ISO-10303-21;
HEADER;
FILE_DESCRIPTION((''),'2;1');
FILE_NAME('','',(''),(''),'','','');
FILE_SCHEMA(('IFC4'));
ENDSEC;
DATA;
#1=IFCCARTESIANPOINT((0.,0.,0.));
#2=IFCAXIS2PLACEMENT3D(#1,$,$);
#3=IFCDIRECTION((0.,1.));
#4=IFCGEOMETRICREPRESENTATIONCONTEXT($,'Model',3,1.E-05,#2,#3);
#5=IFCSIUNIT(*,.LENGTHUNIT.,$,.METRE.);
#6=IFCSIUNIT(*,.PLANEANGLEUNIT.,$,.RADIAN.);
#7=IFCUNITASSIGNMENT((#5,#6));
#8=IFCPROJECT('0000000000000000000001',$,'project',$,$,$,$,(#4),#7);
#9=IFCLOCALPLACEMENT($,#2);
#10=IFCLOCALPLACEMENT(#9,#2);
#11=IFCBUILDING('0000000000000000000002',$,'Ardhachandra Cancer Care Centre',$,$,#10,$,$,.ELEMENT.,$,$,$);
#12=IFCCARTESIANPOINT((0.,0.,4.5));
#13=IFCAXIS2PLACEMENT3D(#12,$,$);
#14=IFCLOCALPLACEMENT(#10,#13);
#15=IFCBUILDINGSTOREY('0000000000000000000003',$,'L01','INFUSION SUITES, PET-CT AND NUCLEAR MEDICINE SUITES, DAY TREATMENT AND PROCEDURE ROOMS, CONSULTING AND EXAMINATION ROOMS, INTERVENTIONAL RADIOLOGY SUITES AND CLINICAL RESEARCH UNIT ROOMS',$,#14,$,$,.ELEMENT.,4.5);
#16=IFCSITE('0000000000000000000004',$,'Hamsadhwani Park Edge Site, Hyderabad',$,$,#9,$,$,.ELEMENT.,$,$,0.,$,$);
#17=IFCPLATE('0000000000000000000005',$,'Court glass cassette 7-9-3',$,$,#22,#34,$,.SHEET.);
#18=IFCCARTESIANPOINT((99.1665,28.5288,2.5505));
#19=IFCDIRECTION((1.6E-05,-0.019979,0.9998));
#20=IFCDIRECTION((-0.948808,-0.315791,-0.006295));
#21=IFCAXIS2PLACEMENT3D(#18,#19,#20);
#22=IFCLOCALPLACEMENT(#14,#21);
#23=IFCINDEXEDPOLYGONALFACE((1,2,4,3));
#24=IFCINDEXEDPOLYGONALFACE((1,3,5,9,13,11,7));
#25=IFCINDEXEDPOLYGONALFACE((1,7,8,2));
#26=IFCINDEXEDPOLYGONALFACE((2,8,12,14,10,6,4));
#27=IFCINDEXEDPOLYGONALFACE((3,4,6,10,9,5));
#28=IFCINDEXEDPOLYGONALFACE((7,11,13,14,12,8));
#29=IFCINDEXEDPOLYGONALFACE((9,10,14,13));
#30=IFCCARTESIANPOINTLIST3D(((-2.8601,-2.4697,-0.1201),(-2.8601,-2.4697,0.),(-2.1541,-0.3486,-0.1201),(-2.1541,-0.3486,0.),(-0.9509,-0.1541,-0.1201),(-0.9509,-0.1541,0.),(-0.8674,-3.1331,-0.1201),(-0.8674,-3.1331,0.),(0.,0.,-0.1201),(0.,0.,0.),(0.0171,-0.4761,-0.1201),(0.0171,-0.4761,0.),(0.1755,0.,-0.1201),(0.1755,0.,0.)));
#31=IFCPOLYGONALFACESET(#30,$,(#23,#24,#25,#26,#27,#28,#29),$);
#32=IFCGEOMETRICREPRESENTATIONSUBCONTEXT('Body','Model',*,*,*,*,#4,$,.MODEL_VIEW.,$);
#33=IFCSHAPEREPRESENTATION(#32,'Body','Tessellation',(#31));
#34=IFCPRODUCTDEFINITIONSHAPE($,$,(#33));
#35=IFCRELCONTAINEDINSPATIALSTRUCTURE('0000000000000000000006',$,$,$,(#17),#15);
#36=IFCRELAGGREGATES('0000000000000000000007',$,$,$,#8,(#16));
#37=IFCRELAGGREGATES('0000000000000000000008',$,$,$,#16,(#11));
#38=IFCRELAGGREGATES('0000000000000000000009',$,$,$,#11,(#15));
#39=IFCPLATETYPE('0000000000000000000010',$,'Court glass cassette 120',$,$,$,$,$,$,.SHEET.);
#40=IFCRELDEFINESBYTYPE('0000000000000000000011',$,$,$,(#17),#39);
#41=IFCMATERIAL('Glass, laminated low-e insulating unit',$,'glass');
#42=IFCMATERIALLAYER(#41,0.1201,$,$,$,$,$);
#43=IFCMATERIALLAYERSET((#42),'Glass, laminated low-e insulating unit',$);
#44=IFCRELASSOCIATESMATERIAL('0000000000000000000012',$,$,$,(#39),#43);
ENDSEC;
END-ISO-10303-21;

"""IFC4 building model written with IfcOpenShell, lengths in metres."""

from ifc_helpers import new_model, si_unit, direction, frame, origin, place, context, subcontext, project, spatial, polyline, outline, extrude, material, layer, layer_set, type_object, element, save


model = new_model("IFC4")

# Units and contexts
model_context = context("Model", 3, precision=1e-05, world=origin(), true_north=direction((0.0, 1.0)))
body_context = subcontext(model_context, "Body", "Model", "MODEL_VIEW")
ifc_project = project(units=[si_unit("LENGTHUNIT", "METRE"), si_unit("PLANEANGLEUNIT", "RADIAN")], contexts=[model_context])

# Site, building, storey
site_placement = place(None, origin())
site = spatial("IfcSite", under=ifc_project, at=site_placement, Name="Hamsadhwani Park Edge Site, Hyderabad", CompositionType="ELEMENT", RefElevation=0.0)
building_placement = place(site_placement, origin())
building = spatial("IfcBuilding", under=site, at=building_placement, Name="Ardhachandra Cancer Care Centre", CompositionType="ELEMENT")
storey_placement = place(building_placement, frame((0.0, 0.0, 4.5)))
storey = spatial("IfcBuildingStorey", under=building, at=storey_placement, Name="L01", Description="INFUSION SUITES, PET-CT AND NUCLEAR MEDICINE SUITES, DAY TREATMENT AND PROCEDURE ROOMS, CONSULTING AND EXAMINATION ROOMS, INTERVENTIONAL RADIOLOGY SUITES AND CLINICAL RESEARCH UNIT ROOMS", CompositionType="ELEMENT", Elevation=4.5)

# Plate
ifc_material_1 = material(Name="Glass, laminated low-e insulating unit", Category="glass")
ifc_layer = layer(ifc_material_1, 0.1201)
ifc_layer_set = layer_set([ifc_layer], Name="Glass, laminated low-e insulating unit")
plate_type = type_object("IfcPlateType", Name="Court glass cassette 120", PredefinedType="SHEET", material=ifc_layer_set)
plate_1_placement = place(storey_placement, frame((99.1665, 28.5288, 2.5505), z_axis=(0.000016, -0.019979, 0.9998), x_axis=(-0.948808, -0.315791, -0.006295)))
element("IfcPlate", 1, at=plate_1_placement, inside=storey, type_object=plate_type, Name="Court glass cassette 7-9-3", PredefinedType="SHEET", context=body_context, shape_type="SweptSolid", body=[
    extrude(outline(polyline([(-0.9509, -0.1541), (-2.1541, -0.3486), (-2.8601, -2.4697), (-0.8674, -3.1331), (0.0171, -0.4761), (0.1755, 0.0), (0.0, 0.0), (-0.9509, -0.1541)])), frame((0.0, 0.0, -0.1201)), (0.0, 0.0, 1.0), 0.1201),
])

save(model, "model.ifc")
